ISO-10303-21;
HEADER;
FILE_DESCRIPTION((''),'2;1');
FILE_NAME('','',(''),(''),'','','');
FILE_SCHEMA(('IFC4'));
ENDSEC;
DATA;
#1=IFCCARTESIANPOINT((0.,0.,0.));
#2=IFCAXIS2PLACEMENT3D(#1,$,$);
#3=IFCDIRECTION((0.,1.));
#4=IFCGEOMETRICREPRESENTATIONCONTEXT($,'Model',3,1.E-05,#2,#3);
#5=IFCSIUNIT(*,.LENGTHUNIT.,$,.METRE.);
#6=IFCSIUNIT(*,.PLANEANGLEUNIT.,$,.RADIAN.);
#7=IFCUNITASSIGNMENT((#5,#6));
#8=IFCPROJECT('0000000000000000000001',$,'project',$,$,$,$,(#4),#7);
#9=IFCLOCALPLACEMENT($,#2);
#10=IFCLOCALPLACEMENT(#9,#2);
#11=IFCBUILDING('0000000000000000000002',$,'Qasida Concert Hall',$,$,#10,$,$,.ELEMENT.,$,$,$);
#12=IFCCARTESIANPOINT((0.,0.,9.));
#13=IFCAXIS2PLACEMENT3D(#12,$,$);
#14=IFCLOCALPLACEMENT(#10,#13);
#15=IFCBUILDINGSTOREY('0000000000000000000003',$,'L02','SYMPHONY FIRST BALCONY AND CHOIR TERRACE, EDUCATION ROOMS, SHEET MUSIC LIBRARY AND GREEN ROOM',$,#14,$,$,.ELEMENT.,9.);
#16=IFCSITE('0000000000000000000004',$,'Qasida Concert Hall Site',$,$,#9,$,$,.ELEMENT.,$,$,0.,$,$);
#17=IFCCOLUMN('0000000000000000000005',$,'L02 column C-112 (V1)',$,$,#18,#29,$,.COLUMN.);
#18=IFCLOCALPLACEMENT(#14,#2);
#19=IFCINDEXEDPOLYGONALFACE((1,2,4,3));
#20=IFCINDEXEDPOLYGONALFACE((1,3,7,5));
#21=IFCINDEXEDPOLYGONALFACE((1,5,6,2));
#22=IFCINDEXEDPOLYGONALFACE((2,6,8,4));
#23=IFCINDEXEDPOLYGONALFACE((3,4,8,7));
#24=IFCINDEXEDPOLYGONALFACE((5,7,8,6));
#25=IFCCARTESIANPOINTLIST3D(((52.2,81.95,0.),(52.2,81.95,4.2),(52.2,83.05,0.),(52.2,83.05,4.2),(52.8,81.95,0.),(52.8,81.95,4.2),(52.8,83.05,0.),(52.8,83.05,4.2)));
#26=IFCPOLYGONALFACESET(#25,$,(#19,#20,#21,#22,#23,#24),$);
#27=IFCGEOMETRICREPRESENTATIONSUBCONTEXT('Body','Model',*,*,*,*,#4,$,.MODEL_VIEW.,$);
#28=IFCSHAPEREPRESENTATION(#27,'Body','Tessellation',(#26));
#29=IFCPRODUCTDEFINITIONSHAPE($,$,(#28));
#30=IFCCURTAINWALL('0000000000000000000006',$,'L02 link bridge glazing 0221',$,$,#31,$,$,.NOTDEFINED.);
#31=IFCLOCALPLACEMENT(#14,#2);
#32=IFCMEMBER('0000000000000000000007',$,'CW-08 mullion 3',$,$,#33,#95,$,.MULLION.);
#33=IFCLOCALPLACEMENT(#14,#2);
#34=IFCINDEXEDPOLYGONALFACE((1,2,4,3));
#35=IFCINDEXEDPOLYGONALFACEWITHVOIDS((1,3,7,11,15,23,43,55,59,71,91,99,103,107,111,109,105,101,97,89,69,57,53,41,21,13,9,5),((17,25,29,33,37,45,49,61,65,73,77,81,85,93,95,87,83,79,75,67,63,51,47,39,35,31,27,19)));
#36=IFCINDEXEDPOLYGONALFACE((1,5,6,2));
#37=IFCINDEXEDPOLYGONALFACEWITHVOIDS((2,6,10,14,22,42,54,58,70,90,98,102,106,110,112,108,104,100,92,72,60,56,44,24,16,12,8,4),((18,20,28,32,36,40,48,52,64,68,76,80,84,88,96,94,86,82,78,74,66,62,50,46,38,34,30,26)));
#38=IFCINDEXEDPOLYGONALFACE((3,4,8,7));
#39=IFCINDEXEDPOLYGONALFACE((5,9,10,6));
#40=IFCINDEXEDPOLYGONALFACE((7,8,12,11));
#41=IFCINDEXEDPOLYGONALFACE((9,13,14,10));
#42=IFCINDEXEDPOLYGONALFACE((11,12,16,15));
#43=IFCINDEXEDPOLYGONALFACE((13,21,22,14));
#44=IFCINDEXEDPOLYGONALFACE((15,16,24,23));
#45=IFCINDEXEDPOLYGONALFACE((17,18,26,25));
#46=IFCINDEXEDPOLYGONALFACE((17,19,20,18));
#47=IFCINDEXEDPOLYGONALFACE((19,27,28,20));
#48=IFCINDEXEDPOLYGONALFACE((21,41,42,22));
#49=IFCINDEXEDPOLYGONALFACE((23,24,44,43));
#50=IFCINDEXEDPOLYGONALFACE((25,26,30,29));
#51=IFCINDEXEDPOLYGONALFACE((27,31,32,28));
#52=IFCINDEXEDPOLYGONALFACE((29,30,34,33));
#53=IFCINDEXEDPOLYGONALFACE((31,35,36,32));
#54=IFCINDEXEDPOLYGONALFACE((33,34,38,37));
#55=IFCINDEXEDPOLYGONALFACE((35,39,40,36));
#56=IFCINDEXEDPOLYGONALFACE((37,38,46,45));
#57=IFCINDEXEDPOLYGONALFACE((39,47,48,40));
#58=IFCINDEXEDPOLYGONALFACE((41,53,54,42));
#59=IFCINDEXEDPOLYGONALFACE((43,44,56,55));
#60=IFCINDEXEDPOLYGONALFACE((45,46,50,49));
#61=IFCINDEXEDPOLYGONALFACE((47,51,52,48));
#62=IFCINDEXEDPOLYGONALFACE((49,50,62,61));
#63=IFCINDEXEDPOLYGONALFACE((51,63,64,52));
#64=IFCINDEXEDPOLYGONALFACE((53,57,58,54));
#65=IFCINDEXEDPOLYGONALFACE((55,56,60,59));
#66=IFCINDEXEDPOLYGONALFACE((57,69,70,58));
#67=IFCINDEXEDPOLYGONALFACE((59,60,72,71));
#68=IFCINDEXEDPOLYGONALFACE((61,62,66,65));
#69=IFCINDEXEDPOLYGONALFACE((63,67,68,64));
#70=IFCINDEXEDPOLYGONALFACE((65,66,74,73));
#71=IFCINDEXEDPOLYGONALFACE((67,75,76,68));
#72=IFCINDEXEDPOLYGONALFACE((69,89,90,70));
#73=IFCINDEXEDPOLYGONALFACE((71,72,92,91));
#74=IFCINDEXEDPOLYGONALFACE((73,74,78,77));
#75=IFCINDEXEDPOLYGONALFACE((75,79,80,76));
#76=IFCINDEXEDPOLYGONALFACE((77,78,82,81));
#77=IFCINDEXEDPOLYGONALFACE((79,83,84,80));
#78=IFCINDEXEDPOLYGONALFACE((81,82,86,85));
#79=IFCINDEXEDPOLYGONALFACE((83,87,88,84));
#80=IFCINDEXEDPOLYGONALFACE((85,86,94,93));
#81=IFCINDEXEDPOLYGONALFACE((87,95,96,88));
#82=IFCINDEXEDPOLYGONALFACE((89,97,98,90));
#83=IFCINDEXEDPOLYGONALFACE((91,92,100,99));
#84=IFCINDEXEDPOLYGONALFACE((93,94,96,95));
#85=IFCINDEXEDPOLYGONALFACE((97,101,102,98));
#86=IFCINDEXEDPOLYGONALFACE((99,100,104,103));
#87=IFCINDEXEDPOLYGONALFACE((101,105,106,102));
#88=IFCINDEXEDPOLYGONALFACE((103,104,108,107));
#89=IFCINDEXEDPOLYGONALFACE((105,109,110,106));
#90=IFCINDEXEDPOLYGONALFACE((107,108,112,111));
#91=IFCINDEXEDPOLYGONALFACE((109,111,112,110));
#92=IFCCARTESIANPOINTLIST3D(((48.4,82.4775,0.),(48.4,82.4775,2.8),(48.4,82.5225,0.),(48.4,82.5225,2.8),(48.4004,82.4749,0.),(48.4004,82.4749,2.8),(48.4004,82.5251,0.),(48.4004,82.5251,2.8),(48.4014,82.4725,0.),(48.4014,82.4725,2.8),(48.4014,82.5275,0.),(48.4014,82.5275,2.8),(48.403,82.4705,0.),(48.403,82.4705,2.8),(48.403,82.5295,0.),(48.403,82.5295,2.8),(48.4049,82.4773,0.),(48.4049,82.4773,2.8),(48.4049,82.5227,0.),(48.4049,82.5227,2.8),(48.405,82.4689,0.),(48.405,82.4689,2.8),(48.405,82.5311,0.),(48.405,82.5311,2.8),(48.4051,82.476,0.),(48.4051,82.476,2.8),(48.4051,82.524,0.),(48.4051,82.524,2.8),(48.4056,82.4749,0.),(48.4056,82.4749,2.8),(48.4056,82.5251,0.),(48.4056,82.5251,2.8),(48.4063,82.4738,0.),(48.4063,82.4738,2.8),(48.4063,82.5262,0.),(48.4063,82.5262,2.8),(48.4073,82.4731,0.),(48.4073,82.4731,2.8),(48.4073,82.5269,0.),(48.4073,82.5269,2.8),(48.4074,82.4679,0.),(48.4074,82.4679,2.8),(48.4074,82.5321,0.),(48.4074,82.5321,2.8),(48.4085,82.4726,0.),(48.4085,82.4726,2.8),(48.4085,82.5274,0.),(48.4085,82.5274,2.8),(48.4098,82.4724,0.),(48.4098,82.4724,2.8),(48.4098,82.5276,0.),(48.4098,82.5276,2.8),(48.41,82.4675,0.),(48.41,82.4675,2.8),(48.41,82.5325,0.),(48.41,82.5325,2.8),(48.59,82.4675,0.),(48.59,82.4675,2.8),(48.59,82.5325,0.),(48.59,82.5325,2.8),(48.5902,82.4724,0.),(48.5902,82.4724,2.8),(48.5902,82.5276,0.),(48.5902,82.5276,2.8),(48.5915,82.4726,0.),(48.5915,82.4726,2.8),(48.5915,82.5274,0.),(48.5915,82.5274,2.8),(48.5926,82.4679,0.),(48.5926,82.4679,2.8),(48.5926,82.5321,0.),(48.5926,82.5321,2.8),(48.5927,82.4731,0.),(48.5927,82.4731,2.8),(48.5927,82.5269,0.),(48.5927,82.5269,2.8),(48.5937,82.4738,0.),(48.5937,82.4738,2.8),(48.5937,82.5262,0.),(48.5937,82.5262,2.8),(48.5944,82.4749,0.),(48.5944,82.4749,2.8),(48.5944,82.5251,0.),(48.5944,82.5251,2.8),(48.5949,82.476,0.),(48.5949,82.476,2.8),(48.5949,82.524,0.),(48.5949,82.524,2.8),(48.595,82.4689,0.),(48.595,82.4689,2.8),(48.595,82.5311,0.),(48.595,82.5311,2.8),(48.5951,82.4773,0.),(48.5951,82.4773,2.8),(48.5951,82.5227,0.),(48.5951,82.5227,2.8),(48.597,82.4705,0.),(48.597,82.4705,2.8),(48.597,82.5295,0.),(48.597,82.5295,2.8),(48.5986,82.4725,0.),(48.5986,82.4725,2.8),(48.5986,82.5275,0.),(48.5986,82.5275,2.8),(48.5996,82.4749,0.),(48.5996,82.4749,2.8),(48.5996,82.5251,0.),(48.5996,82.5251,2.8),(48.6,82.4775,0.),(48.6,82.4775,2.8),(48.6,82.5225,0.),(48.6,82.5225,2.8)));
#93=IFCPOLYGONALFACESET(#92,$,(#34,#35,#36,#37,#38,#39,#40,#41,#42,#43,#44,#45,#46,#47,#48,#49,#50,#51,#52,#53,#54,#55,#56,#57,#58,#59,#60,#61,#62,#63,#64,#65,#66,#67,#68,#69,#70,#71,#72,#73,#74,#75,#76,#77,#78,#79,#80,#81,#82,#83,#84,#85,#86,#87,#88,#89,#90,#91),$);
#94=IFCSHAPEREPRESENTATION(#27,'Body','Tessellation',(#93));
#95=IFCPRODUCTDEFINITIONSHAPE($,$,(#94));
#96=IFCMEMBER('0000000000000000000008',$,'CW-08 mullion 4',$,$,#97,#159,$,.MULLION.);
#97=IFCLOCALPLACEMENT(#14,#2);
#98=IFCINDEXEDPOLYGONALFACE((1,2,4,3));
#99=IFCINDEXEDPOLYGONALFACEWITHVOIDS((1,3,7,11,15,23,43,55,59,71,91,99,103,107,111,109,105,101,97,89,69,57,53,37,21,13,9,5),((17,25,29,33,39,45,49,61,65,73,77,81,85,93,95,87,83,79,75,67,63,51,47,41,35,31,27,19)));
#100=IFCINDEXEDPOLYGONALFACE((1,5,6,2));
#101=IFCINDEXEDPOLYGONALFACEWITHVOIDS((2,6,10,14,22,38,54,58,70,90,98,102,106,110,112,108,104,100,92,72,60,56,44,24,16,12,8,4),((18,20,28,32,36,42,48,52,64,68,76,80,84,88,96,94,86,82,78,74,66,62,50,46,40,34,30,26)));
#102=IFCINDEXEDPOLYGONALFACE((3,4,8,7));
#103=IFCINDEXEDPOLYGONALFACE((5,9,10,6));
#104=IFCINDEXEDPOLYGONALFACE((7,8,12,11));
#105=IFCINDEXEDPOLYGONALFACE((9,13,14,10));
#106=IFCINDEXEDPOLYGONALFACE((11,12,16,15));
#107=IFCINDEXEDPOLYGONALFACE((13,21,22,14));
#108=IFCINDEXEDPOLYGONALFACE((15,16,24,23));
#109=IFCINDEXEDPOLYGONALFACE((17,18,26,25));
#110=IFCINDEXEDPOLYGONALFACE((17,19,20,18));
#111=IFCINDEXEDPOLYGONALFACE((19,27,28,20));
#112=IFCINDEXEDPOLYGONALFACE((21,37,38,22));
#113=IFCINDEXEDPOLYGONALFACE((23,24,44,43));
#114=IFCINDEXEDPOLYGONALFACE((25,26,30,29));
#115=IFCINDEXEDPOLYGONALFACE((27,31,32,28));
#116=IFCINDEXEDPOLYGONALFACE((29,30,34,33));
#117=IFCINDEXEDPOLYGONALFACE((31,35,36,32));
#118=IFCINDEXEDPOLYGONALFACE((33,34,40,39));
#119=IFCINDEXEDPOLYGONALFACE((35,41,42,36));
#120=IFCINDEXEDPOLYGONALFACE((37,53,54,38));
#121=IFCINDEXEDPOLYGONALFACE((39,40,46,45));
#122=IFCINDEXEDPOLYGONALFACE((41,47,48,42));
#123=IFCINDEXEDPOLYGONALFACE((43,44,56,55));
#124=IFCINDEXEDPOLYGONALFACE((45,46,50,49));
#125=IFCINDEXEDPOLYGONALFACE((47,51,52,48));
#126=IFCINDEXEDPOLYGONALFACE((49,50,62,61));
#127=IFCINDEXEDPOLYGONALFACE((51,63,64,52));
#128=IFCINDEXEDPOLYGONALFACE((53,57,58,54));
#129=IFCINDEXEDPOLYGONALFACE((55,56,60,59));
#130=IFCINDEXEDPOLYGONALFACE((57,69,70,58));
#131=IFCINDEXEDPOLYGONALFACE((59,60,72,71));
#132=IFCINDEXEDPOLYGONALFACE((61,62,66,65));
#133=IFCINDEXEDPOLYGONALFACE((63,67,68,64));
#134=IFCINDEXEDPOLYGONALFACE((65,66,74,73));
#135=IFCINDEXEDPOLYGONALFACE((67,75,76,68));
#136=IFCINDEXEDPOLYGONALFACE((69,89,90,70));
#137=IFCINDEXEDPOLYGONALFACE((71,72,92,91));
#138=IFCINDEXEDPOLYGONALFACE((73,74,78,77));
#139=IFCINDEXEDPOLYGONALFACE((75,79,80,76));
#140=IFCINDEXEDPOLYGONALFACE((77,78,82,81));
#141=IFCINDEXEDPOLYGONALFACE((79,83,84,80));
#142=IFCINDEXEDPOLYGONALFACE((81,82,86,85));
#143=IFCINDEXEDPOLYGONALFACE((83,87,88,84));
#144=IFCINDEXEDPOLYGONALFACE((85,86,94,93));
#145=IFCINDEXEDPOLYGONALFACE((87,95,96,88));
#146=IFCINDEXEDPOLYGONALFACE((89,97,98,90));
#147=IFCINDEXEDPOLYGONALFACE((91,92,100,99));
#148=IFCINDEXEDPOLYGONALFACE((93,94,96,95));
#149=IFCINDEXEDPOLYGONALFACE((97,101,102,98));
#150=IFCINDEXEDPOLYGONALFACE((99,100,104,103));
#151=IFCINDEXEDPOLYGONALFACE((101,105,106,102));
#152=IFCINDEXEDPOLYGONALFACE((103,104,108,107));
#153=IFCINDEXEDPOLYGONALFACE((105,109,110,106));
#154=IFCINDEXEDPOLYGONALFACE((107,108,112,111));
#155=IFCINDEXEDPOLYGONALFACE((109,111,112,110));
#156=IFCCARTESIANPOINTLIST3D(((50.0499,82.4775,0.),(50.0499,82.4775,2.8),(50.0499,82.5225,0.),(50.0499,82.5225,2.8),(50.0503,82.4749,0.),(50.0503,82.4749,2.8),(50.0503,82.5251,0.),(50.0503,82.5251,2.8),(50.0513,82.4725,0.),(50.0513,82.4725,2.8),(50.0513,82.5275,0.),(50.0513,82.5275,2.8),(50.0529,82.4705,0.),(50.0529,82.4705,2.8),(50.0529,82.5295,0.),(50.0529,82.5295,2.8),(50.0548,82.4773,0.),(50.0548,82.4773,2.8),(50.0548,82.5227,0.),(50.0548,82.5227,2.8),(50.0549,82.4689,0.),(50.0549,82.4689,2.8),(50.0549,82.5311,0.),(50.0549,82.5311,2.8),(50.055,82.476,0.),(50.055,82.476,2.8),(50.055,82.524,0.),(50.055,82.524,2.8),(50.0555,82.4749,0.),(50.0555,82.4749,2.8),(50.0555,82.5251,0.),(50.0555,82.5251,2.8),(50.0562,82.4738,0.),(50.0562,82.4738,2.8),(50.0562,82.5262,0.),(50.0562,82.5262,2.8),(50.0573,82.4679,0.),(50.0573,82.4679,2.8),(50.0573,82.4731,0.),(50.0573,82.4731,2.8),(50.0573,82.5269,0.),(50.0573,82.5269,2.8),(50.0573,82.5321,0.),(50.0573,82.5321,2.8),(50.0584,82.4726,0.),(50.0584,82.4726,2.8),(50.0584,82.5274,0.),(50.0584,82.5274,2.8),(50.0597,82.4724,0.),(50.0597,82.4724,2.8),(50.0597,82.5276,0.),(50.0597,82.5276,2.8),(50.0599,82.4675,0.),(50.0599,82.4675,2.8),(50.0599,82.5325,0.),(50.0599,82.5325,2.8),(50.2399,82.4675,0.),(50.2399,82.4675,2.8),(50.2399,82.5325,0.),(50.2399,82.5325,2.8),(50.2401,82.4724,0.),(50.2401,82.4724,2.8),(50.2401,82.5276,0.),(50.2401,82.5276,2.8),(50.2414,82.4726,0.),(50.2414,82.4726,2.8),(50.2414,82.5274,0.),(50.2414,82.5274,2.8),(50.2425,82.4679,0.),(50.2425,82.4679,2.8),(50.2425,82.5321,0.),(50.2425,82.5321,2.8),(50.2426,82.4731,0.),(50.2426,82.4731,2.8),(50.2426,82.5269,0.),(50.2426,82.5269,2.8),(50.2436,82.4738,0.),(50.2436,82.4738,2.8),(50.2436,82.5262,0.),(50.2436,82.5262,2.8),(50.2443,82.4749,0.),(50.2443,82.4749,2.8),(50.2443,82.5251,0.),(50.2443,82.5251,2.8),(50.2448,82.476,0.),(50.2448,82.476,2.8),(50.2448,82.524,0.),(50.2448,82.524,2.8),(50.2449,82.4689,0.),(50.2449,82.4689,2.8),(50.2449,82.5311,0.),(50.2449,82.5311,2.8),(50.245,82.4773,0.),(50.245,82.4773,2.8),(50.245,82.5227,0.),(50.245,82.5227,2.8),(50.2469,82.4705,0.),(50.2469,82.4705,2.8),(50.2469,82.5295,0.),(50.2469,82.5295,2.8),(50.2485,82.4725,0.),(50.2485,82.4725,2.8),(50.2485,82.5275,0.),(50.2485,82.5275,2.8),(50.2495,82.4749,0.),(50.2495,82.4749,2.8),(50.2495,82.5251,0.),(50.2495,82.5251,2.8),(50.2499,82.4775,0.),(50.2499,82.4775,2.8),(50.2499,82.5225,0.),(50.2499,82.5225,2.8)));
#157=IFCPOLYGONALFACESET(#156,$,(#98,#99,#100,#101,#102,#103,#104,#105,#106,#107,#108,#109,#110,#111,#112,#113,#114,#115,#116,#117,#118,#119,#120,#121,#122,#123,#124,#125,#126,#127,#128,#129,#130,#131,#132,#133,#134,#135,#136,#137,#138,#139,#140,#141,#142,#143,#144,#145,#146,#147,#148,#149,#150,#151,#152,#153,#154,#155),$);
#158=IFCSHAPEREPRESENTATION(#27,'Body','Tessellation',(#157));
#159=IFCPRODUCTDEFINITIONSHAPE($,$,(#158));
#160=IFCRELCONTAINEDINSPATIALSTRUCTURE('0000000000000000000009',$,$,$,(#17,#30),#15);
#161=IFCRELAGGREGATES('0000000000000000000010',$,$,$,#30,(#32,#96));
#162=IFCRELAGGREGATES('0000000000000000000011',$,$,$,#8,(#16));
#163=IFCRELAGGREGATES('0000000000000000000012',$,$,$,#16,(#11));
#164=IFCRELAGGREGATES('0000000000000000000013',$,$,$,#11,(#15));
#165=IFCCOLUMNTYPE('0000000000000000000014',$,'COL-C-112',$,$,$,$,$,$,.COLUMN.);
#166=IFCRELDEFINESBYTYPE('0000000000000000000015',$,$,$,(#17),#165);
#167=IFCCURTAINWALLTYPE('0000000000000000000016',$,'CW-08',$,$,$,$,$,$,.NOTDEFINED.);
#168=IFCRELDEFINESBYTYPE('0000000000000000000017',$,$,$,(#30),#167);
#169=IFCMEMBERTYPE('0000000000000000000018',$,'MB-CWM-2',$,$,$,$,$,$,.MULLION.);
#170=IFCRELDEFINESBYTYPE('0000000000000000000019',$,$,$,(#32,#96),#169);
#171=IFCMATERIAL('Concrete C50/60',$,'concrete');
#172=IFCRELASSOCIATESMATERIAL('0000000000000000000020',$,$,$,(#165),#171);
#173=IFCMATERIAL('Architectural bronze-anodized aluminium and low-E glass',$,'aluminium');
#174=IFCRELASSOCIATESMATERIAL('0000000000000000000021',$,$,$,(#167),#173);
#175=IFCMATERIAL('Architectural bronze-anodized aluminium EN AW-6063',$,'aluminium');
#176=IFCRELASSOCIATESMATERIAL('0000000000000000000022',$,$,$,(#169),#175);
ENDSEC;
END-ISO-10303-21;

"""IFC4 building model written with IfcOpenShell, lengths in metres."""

from ifc_helpers import new_model, si_unit, direction, frame, origin, origin_2d, place, context, subcontext, project, spatial, rectangle, hollow_rectangle, extrude, material, material_profile, profile_set, type_object, element, aggregate, save


model = new_model("IFC4")

# Units and contexts
model_context = context("Model", 3, precision=1e-05, world=origin(), true_north=direction((0.0, 1.0)))
body_context = subcontext(model_context, "Body", "Model", "MODEL_VIEW")
ifc_project = project(units=[si_unit("LENGTHUNIT", "METRE"), si_unit("PLANEANGLEUNIT", "RADIAN")], contexts=[model_context])

# Site, building, storey
site_placement = place(None, origin())
site = spatial("IfcSite", under=ifc_project, at=site_placement, Name="Qasida Concert Hall Site", CompositionType="ELEMENT", RefElevation=0.0)
building_placement = place(site_placement, origin())
building = spatial("IfcBuilding", under=site, at=building_placement, Name="Qasida Concert Hall", CompositionType="ELEMENT")
storey_placement = place(building_placement, frame((0.0, 0.0, 9.0)))
storey = spatial("IfcBuildingStorey", under=building, at=storey_placement, Name="L02", Description="SYMPHONY FIRST BALCONY AND CHOIR TERRACE, EDUCATION ROOMS, SHEET MUSIC LIBRARY AND GREEN ROOM", CompositionType="ELEMENT", Elevation=9.0)

# Column
ifc_material_1 = material(Name="Concrete C50/60", Category="concrete")
ifc_material_profile_1 = material_profile(ifc_material_1, rectangle(XDim=0.6001, YDim=1.1001, at=origin_2d()), Name="RC 600x1100")
ifc_profile_set_1 = profile_set([ifc_material_profile_1], Name="Concrete C50/60")
column_type = type_object("IfcColumnType", Name="COL-C-112", PredefinedType="COLUMN", material=ifc_profile_set_1)
column_placement = place(storey_placement, frame((52.5, 82.5, 0.0), z_axis=(0.0, 0.0, 1.0), x_axis=(1.0, 0.0, 0.0)))
element("IfcColumn", 1, at=column_placement, inside=storey, type_object=column_type, Name="L02 column C-112 (V1)", PredefinedType="COLUMN", context=body_context, shape_type="SweptSolid", body=[
    extrude(rectangle(XDim=0.6001, YDim=1.1001, at=origin_2d()), origin(), (0.0, 0.0, 1.0), 4.2),
])

# Curtain wall, members
ifc_material_2 = material(Name="Architectural bronze-anodized aluminium and low-E glass", Category="aluminium")
curtain_wall_type = type_object("IfcCurtainWallType", Name="CW-08", PredefinedType="NOTDEFINED", material=ifc_material_2)
curtain_wall_placement = place(storey_placement, origin())
curtain_wall = element("IfcCurtainWall", 2, at=curtain_wall_placement, inside=storey, type_object=curtain_wall_type, Name="L02 link bridge glazing 0221", PredefinedType="NOTDEFINED")
ifc_material_3 = material(Name="Architectural bronze-anodized aluminium EN AW-6063", Category="aluminium")
ifc_material_profile_2 = material_profile(ifc_material_3, hollow_rectangle(XDim=0.0649, YDim=0.2, WallThickness=0.0049, InnerFilletRadius=0.0049, OuterFilletRadius=0.01, at=origin_2d()), Name="CWM 200x65x5")
ifc_profile_set_2 = profile_set([ifc_material_profile_2], Name="Architectural bronze-anodized aluminium EN AW-6063")
member_type_1 = type_object("IfcMemberType", Name="MB-CWM-2", PredefinedType="MULLION", material=ifc_profile_set_2)
member_1_placement = place(storey_placement, frame((48.5, 82.5, 0.0), z_axis=(0.0, 0.0, 1.0), x_axis=(0.0, 1.0, 0.0)))
member_1 = element("IfcMember", 3, at=member_1_placement, type_object=member_type_1, Name="CW-08 mullion 3", PredefinedType="MULLION", context=body_context, shape_type="SweptSolid", body=[
    extrude(hollow_rectangle(XDim=0.0649, YDim=0.2, WallThickness=0.0049, InnerFilletRadius=0.0049, OuterFilletRadius=0.01, at=origin_2d()), origin(), (0.0, 0.0, 1.0), 2.8),
])
member_2_placement = place(storey_placement, frame((50.1499, 82.5, 0.0), z_axis=(0.0, 0.0, 1.0), x_axis=(0.0, 1.0, 0.0)))
member_2 = element("IfcMember", 4, at=member_2_placement, type_object=member_type_1, Name="CW-08 mullion 4", PredefinedType="MULLION", context=body_context, shape_type="SweptSolid", body=[
    extrude(hollow_rectangle(XDim=0.0649, YDim=0.2, WallThickness=0.0049, InnerFilletRadius=0.0049, OuterFilletRadius=0.01, at=origin_2d()), origin(), (0.0, 0.0, 1.0), 2.8),
])
aggregate(curtain_wall, [member_1, member_2])

save(model, "model.ifc")
